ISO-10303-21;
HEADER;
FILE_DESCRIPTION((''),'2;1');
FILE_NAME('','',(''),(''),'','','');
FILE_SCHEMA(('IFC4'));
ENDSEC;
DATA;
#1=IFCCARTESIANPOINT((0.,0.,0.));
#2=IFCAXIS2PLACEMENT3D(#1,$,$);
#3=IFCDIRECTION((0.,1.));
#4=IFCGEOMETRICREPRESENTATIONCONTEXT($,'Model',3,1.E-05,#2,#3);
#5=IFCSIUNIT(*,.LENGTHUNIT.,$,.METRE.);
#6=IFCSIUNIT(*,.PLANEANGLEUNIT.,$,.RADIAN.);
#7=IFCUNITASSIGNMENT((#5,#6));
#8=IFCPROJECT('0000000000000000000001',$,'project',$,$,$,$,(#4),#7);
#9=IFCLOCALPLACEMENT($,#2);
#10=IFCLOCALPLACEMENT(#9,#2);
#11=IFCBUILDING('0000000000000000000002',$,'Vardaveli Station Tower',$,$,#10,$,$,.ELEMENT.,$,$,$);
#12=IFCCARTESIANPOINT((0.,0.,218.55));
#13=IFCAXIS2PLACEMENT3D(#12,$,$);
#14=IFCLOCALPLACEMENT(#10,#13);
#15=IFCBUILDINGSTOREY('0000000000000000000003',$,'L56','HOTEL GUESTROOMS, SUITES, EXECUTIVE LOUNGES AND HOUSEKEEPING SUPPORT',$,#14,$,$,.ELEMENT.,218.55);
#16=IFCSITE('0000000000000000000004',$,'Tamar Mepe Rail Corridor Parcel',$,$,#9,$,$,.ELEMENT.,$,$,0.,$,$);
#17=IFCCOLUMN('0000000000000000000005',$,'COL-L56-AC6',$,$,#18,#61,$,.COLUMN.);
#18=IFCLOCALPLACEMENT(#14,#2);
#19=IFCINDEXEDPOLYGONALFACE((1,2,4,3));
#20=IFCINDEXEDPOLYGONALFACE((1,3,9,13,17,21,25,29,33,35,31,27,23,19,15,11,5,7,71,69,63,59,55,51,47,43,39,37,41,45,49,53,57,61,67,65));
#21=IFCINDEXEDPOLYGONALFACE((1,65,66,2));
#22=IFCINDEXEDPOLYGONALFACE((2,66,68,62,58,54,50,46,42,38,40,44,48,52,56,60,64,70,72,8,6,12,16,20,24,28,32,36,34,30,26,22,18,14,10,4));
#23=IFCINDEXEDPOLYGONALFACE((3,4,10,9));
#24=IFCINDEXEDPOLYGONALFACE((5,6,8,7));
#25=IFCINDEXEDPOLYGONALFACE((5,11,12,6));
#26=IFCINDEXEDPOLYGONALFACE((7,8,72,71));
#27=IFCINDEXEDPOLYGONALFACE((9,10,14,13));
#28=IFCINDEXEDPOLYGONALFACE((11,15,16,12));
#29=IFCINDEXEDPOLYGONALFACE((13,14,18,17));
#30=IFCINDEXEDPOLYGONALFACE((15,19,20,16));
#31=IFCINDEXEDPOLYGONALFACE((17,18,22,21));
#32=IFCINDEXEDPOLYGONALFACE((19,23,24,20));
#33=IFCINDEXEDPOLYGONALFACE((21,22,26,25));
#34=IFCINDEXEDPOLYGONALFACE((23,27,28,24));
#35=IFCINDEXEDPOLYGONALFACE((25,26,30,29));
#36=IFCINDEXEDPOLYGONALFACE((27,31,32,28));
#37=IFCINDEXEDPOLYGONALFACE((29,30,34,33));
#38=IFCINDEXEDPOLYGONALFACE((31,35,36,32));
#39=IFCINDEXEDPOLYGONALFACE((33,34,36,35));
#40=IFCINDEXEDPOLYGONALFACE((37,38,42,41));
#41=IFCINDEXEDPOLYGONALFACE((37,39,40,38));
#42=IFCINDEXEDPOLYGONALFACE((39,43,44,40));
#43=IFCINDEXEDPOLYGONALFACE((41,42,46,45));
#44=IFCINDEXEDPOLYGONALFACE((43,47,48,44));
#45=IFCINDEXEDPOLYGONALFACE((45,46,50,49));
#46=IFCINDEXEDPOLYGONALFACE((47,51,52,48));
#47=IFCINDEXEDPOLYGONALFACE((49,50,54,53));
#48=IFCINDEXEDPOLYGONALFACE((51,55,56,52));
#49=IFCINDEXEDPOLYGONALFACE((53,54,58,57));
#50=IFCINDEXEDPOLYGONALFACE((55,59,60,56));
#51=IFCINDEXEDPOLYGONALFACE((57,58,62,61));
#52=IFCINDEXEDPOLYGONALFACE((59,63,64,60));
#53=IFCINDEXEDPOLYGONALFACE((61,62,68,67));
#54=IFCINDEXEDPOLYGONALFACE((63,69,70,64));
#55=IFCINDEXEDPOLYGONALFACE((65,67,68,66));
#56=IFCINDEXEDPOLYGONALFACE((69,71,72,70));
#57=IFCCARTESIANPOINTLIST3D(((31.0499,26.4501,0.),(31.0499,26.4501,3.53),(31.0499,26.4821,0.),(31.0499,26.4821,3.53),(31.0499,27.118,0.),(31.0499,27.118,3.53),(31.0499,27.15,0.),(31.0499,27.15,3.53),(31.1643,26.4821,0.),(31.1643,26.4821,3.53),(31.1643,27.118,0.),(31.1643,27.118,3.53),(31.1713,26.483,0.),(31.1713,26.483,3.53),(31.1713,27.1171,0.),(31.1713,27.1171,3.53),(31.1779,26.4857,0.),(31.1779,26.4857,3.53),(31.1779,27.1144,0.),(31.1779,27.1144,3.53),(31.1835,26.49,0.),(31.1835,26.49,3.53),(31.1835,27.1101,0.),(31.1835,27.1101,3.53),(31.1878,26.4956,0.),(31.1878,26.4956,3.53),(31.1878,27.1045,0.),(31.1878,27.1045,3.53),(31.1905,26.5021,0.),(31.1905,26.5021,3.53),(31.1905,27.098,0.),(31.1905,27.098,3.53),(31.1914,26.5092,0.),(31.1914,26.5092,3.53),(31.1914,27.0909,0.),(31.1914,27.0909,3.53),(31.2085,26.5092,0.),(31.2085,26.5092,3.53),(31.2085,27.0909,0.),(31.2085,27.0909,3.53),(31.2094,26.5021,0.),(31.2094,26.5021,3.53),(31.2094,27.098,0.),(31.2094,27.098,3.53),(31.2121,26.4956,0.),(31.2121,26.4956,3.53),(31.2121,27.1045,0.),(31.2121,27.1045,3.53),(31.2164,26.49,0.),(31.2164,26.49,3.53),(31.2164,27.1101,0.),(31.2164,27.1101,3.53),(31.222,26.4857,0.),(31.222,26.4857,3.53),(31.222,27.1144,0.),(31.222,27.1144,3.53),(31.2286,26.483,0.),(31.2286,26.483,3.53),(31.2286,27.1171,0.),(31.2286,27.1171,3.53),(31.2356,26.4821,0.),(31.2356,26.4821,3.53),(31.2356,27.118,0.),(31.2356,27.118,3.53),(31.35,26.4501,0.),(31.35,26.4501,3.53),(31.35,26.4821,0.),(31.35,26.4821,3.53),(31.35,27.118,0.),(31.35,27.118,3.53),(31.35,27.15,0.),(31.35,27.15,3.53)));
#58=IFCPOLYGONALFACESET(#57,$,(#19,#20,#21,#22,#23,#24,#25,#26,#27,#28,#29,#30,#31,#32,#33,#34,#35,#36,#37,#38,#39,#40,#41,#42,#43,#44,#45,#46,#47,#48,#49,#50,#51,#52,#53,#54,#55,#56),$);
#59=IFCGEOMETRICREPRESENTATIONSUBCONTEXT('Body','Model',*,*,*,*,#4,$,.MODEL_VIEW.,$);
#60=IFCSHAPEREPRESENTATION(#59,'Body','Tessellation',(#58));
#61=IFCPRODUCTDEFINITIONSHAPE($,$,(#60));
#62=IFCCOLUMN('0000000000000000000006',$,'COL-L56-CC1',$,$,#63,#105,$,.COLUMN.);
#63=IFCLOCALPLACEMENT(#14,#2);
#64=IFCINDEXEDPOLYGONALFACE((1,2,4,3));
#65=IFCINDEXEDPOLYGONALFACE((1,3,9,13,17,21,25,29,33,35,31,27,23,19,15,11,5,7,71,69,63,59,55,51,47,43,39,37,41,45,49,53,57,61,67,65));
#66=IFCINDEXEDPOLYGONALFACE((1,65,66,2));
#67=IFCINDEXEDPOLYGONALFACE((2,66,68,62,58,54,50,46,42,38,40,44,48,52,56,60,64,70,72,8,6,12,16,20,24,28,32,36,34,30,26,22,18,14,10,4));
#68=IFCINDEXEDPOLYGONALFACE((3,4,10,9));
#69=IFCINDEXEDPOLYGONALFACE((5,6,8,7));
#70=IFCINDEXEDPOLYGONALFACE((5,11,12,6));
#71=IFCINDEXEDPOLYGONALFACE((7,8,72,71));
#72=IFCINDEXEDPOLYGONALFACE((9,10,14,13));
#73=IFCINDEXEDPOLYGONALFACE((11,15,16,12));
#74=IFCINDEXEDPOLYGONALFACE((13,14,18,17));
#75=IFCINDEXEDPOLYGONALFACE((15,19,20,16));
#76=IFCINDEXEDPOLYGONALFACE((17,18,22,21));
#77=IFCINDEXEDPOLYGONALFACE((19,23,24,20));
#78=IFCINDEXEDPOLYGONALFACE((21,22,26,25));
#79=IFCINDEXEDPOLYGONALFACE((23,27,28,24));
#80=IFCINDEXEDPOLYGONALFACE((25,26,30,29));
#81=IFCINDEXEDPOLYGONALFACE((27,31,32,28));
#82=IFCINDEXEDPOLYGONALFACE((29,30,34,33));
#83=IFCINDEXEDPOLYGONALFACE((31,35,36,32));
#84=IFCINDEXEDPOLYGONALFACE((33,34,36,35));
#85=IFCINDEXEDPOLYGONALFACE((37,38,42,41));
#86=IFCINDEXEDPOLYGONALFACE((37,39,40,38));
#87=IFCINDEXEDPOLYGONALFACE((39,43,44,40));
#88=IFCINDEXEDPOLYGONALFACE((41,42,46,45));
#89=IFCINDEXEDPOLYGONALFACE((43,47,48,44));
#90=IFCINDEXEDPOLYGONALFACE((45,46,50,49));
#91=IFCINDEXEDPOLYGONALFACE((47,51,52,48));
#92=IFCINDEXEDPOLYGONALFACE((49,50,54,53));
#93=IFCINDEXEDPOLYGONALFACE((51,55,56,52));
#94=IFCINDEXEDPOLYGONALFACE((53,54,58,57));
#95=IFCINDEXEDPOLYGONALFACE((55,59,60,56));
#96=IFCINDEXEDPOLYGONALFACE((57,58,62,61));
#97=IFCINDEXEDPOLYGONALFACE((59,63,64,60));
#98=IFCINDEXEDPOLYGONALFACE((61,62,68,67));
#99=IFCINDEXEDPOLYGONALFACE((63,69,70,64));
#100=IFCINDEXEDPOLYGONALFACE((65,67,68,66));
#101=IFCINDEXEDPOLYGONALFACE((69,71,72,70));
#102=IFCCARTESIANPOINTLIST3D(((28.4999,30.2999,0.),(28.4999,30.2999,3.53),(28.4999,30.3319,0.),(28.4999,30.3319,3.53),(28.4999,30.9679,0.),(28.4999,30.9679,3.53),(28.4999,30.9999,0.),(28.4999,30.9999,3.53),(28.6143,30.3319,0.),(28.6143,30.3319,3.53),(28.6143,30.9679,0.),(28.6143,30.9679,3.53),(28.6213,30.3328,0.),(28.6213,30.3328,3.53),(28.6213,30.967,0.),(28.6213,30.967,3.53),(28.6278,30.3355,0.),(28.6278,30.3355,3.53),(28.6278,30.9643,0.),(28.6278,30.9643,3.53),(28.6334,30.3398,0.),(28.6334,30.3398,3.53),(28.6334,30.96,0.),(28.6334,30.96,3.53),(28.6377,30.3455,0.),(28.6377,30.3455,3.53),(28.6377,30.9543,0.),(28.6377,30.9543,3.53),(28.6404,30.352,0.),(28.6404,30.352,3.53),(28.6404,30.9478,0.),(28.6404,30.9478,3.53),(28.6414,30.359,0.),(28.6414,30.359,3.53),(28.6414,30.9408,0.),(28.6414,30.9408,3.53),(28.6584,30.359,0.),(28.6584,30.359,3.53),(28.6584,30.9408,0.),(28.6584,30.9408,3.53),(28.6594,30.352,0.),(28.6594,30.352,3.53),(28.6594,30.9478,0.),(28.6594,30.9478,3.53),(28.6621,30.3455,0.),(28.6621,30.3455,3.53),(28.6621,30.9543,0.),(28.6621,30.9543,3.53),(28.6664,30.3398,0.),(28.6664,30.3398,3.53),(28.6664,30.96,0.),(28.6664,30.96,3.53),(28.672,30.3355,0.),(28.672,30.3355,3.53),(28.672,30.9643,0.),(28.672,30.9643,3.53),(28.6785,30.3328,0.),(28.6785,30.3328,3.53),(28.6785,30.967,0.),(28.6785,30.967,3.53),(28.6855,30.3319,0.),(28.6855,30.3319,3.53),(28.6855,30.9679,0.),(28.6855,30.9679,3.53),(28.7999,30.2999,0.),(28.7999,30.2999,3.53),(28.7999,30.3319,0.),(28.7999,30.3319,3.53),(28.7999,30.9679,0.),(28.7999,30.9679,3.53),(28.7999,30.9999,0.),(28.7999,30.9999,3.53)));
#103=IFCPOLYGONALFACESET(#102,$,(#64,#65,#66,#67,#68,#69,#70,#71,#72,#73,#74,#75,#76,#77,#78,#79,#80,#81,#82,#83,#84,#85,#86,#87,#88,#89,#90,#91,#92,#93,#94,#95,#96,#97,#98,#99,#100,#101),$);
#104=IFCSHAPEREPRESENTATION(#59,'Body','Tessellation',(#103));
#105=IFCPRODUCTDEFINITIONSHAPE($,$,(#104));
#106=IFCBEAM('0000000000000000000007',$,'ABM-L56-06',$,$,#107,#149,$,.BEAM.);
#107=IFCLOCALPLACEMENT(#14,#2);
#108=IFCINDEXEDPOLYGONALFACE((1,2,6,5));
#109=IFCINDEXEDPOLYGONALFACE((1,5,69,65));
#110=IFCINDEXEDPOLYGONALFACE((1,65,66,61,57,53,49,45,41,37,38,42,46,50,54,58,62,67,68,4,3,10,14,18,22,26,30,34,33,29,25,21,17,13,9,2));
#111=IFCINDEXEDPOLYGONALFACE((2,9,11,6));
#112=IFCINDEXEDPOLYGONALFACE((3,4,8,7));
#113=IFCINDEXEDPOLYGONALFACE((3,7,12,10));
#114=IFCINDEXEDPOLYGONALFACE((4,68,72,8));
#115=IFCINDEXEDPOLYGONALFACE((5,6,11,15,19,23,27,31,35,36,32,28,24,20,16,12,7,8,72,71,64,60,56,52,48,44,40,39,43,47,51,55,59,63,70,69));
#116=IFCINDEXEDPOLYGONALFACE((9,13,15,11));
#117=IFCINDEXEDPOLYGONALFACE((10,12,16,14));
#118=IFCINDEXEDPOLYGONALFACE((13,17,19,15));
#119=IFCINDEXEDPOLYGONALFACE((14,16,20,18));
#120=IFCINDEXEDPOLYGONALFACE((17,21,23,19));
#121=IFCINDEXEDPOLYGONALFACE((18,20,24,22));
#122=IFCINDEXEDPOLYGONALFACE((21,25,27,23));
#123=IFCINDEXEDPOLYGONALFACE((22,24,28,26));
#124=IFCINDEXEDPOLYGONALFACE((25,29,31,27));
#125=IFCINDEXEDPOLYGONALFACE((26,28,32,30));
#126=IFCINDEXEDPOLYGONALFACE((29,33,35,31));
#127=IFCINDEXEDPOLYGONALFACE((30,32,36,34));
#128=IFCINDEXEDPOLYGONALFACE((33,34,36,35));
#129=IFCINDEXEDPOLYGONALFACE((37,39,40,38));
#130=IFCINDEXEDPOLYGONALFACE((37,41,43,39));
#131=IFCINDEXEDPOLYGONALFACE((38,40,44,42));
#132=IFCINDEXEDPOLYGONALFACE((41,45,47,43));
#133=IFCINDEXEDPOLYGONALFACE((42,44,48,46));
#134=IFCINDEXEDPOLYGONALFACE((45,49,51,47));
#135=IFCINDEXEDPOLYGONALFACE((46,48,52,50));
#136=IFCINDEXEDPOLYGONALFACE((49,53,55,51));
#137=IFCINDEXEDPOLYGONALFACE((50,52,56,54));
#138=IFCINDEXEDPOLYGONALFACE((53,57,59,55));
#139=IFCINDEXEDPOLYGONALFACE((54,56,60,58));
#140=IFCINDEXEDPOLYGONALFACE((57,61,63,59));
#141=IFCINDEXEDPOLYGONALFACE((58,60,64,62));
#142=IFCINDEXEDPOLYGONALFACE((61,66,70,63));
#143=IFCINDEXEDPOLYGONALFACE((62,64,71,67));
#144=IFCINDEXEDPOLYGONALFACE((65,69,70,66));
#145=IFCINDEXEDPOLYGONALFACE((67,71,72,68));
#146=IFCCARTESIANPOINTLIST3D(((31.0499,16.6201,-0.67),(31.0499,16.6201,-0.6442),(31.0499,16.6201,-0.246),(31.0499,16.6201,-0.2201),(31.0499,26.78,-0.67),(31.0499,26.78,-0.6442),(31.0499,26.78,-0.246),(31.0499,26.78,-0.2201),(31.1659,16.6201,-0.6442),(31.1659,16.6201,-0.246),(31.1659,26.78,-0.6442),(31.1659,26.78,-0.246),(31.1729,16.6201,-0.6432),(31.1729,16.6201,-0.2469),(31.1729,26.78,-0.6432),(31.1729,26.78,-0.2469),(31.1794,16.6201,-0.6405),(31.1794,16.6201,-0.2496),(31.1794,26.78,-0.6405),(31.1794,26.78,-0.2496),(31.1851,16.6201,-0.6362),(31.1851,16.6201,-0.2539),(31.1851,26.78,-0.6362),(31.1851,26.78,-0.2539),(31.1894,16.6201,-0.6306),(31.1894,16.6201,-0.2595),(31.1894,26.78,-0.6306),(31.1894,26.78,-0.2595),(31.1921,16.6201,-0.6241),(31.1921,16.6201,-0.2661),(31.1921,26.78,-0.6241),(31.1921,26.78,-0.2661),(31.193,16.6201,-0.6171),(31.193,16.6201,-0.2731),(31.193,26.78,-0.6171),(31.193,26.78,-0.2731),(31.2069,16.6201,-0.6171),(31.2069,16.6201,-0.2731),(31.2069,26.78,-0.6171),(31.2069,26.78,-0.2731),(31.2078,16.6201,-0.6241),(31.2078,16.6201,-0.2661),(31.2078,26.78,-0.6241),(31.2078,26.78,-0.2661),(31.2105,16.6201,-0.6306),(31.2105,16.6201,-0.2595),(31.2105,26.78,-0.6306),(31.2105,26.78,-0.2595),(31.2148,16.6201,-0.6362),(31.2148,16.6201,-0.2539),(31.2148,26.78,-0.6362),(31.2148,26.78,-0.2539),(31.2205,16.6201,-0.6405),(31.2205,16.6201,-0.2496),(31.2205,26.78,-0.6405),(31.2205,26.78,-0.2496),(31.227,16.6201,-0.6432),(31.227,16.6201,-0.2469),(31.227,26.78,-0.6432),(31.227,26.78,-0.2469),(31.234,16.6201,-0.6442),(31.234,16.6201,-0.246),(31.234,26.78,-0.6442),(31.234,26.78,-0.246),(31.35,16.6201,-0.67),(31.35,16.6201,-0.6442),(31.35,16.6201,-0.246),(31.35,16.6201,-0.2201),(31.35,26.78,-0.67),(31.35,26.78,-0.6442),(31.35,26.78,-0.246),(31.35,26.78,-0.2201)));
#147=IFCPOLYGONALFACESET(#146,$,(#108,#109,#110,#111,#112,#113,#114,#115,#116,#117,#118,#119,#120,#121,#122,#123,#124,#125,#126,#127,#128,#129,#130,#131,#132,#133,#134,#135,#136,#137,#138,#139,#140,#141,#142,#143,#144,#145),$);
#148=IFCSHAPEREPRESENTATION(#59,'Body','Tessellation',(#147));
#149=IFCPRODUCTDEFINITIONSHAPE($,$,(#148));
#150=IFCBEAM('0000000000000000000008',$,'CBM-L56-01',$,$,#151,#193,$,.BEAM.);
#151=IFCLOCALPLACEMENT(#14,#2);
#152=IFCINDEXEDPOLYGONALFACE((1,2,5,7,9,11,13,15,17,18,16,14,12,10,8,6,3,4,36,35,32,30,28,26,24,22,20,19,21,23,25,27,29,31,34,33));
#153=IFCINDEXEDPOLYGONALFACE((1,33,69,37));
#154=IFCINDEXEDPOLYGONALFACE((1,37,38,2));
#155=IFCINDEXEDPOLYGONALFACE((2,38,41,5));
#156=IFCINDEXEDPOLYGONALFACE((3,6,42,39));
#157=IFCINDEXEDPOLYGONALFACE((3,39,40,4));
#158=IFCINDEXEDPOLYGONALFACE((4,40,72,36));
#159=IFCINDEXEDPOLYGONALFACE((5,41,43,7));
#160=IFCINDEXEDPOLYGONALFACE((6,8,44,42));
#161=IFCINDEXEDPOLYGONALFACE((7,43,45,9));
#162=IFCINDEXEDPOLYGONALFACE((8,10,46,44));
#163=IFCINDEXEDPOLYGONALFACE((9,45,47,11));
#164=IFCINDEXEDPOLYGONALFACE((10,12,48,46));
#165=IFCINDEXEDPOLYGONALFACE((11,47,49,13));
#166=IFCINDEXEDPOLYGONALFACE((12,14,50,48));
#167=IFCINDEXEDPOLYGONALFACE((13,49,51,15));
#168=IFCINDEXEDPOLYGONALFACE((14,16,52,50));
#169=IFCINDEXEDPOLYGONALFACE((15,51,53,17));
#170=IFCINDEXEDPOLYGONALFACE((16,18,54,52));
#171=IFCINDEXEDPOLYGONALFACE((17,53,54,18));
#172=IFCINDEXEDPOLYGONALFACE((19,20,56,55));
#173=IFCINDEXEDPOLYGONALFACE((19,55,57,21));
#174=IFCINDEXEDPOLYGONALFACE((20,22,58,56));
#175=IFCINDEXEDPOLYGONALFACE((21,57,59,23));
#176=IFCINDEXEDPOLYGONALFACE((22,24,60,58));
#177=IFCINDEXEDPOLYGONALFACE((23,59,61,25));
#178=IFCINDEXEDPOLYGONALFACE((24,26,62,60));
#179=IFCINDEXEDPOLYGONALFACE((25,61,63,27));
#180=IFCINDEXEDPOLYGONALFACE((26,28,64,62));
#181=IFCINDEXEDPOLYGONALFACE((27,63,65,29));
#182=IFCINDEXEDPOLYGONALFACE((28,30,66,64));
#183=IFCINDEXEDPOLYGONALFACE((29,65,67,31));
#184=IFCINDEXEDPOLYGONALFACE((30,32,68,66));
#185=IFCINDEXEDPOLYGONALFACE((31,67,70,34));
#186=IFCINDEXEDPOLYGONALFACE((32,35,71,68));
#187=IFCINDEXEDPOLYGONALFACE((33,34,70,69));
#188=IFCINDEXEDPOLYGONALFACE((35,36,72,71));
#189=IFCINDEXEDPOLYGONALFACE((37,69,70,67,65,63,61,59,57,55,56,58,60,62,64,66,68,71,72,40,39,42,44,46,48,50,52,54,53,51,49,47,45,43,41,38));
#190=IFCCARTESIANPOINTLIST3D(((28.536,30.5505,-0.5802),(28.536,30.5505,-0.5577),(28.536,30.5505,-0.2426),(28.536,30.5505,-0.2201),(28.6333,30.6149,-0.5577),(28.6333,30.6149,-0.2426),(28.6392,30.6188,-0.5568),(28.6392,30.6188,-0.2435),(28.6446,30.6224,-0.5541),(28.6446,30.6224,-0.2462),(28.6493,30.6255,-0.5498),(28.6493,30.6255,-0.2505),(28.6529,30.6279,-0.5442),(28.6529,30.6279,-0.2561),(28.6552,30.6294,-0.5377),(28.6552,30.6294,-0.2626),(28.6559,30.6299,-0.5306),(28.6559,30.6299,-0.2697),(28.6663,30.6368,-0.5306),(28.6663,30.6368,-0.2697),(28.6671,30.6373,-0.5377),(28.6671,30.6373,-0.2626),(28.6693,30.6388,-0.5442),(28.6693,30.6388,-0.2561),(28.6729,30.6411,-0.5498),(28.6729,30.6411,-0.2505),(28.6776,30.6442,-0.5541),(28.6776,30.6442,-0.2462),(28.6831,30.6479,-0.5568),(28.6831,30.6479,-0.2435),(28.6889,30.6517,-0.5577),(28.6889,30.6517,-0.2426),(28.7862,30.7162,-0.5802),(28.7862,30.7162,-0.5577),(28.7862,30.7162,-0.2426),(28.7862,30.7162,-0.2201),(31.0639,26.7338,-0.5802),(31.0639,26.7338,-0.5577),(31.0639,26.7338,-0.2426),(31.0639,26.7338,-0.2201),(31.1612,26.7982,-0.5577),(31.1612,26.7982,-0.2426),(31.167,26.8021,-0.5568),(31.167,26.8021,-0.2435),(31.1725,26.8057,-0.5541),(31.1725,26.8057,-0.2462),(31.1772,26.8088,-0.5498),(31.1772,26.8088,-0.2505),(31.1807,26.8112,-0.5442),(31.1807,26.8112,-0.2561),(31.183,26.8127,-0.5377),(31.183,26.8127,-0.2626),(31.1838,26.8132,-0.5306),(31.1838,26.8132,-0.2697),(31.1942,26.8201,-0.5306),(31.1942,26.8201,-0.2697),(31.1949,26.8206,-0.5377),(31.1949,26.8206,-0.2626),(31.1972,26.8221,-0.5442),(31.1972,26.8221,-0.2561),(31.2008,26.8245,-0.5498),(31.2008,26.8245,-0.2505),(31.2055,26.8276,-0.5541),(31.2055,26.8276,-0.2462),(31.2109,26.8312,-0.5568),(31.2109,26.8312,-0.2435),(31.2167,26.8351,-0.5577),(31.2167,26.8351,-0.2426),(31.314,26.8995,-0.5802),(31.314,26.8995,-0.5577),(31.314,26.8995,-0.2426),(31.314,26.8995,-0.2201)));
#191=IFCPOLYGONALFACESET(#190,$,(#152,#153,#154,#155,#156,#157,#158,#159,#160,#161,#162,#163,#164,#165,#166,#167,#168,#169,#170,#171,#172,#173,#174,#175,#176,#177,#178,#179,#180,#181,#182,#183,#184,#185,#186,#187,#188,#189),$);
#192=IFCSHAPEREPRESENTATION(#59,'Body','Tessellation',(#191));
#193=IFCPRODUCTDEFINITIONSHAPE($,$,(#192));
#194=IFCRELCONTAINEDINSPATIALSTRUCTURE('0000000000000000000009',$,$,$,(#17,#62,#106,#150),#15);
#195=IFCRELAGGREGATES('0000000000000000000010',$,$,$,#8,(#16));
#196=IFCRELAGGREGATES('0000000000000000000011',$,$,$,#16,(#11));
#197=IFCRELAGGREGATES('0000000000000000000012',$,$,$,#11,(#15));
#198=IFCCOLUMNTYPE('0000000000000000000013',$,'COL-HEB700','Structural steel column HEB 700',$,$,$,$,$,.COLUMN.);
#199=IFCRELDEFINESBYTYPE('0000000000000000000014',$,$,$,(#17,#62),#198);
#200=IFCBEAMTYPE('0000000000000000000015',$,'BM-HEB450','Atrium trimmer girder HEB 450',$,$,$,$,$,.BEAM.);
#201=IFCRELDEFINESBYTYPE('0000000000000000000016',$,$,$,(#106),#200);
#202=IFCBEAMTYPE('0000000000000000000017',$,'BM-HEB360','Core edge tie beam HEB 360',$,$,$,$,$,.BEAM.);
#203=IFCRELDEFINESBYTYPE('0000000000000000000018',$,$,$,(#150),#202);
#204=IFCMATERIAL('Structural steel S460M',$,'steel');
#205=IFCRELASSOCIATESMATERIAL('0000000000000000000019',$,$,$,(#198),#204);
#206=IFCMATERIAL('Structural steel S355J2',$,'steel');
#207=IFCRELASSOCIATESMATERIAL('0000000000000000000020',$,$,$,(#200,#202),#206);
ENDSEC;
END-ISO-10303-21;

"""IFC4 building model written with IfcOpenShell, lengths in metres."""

from ifc_helpers import new_model, si_unit, direction, frame, origin, origin_2d, place, context, subcontext, project, spatial, i_section, extrude, source, transform, mapped, material, material_profile, profile_set, type_object, element, save


model = new_model("IFC4")

# Units and contexts
model_context = context("Model", 3, precision=1e-05, world=origin(), true_north=direction((0.0, 1.0)))
body_context = subcontext(model_context, "Body", "Model", "MODEL_VIEW")
ifc_project = project(units=[si_unit("LENGTHUNIT", "METRE"), si_unit("PLANEANGLEUNIT", "RADIAN")], contexts=[model_context])

# Site, building, storey
site_placement = place(None, origin())
site = spatial("IfcSite", under=ifc_project, at=site_placement, Name="Tamar Mepe Rail Corridor Parcel", CompositionType="ELEMENT", RefElevation=0.0)
building_placement = place(site_placement, origin())
building = spatial("IfcBuilding", under=site, at=building_placement, Name="Vardaveli Station Tower", CompositionType="ELEMENT")
storey_placement = place(building_placement, frame((0.0, 0.0, 218.55)))
storey = spatial("IfcBuildingStorey", under=building, at=storey_placement, Name="L56", Description="HOTEL GUESTROOMS, SUITES, EXECUTIVE LOUNGES AND HOUSEKEEPING SUPPORT", CompositionType="ELEMENT", Elevation=218.55)

# Columns
ifc_material_1 = material(Name="Structural steel S460M", Category="steel")
ifc_material_profile_1 = material_profile(ifc_material_1, i_section(OverallWidth=0.3, OverallDepth=0.7, WebThickness=0.0171, FlangeThickness=0.032, FilletRadius=0.0271, at=origin_2d()), Name="HEB 700")
ifc_profile_set_1 = profile_set([ifc_material_profile_1], Name="Structural steel S460M")
column_type = type_object("IfcColumnType", Name="COL-HEB700", Description="Structural steel column HEB 700", PredefinedType="COLUMN", material=ifc_profile_set_1)
shared_shape_1 = source(origin(), body_context, "Body", "SweptSolid", [
    extrude(i_section(OverallWidth=0.3, OverallDepth=0.7, WebThickness=0.0171, FlangeThickness=0.032, FilletRadius=0.0271, at=origin_2d()), origin(), (0.0, 0.0, 1.0), 3.53),
])
for number, where, z_axis, x_axis, name in (
    (1, (31.2, 26.8, 0.0), (0.0, 0.0, 1.0), (1.0, 0.0, 0.0), "COL-L56-AC6"),
    (2, (28.6499, 30.6499, 0.0), (0.0, 0.0, 1.0), (1.0, 0.0, 0.0), "COL-L56-CC1"),
):
    element("IfcColumn", number, at=place(storey_placement, frame(where, z_axis=z_axis, x_axis=x_axis)), inside=storey, type_object=column_type, Name=name, PredefinedType="COLUMN", context=body_context, shape_type="MappedRepresentation", body=[
        mapped(shared_shape_1, transform((0.0, 0.0, 0.0), scale=1.0)),
    ])

# Beams
ifc_material_2 = material(Name="Structural steel S355J2", Category="steel")
ifc_material_profile_2 = material_profile(ifc_material_2, i_section(OverallWidth=0.3, OverallDepth=0.45, WebThickness=0.0139, FlangeThickness=0.0259, FilletRadius=0.0271, at=origin_2d()), Name="HEB 450")
ifc_profile_set_2 = profile_set([ifc_material_profile_2], Name="Structural steel S355J2")
beam_type_1 = type_object("IfcBeamType", Name="BM-HEB450", Description="Atrium trimmer girder HEB 450", PredefinedType="BEAM", material=ifc_profile_set_2)
shared_shape_2 = source(origin(), body_context, "Body", "SweptSolid", [
    extrude(i_section(OverallWidth=0.3, OverallDepth=0.45, WebThickness=0.0139, FlangeThickness=0.0259, FilletRadius=0.0271, at=origin_2d()), origin(), (0.0, 0.0, 1.0), 10.1599),
])
beam_1_placement = place(storey_placement, frame((31.2, 26.78, -0.4451), z_axis=(0.0, -1.0, 0.0), x_axis=(1.0, 0.0, 0.0)))
element("IfcBeam", 3, at=beam_1_placement, inside=storey, type_object=beam_type_1, Name="ABM-L56-06", PredefinedType="BEAM", context=body_context, shape_type="MappedRepresentation", body=[
    mapped(shared_shape_2, transform((0.0, 0.0, 0.0), scale=1.0)),
])
ifc_material_profile_3 = material_profile(ifc_material_2, i_section(OverallWidth=0.3, OverallDepth=0.3601, WebThickness=0.0125, FlangeThickness=0.0225, FilletRadius=0.0271, at=origin_2d()), Name="HEB 360")
ifc_profile_set_3 = profile_set([ifc_material_profile_3], Name="Structural steel S355J2")
beam_type_2 = type_object("IfcBeamType", Name="BM-HEB360", Description="Core edge tie beam HEB 360", PredefinedType="BEAM", material=ifc_profile_set_3)
shared_shape_3 = source(origin(), body_context, "Body", "SweptSolid", [
    extrude(i_section(OverallWidth=0.3, OverallDepth=0.3601, WebThickness=0.0125, FlangeThickness=0.0225, FilletRadius=0.0271, at=origin_2d()), origin(), (0.0, 0.0, 1.0), 4.5779),
])
beam_2_placement = place(storey_placement, frame((31.189, 26.8167, -0.4001), z_axis=(-0.552187, 0.83372, 0.0), x_axis=(-0.83372, -0.552187, 0.0)))
element("IfcBeam", 4, at=beam_2_placement, inside=storey, type_object=beam_type_2, Name="CBM-L56-01", PredefinedType="BEAM", context=body_context, shape_type="MappedRepresentation", body=[
    mapped(shared_shape_3, transform((0.0, 0.0, 0.0), scale=1.0)),
])

save(model, "model.ifc")
